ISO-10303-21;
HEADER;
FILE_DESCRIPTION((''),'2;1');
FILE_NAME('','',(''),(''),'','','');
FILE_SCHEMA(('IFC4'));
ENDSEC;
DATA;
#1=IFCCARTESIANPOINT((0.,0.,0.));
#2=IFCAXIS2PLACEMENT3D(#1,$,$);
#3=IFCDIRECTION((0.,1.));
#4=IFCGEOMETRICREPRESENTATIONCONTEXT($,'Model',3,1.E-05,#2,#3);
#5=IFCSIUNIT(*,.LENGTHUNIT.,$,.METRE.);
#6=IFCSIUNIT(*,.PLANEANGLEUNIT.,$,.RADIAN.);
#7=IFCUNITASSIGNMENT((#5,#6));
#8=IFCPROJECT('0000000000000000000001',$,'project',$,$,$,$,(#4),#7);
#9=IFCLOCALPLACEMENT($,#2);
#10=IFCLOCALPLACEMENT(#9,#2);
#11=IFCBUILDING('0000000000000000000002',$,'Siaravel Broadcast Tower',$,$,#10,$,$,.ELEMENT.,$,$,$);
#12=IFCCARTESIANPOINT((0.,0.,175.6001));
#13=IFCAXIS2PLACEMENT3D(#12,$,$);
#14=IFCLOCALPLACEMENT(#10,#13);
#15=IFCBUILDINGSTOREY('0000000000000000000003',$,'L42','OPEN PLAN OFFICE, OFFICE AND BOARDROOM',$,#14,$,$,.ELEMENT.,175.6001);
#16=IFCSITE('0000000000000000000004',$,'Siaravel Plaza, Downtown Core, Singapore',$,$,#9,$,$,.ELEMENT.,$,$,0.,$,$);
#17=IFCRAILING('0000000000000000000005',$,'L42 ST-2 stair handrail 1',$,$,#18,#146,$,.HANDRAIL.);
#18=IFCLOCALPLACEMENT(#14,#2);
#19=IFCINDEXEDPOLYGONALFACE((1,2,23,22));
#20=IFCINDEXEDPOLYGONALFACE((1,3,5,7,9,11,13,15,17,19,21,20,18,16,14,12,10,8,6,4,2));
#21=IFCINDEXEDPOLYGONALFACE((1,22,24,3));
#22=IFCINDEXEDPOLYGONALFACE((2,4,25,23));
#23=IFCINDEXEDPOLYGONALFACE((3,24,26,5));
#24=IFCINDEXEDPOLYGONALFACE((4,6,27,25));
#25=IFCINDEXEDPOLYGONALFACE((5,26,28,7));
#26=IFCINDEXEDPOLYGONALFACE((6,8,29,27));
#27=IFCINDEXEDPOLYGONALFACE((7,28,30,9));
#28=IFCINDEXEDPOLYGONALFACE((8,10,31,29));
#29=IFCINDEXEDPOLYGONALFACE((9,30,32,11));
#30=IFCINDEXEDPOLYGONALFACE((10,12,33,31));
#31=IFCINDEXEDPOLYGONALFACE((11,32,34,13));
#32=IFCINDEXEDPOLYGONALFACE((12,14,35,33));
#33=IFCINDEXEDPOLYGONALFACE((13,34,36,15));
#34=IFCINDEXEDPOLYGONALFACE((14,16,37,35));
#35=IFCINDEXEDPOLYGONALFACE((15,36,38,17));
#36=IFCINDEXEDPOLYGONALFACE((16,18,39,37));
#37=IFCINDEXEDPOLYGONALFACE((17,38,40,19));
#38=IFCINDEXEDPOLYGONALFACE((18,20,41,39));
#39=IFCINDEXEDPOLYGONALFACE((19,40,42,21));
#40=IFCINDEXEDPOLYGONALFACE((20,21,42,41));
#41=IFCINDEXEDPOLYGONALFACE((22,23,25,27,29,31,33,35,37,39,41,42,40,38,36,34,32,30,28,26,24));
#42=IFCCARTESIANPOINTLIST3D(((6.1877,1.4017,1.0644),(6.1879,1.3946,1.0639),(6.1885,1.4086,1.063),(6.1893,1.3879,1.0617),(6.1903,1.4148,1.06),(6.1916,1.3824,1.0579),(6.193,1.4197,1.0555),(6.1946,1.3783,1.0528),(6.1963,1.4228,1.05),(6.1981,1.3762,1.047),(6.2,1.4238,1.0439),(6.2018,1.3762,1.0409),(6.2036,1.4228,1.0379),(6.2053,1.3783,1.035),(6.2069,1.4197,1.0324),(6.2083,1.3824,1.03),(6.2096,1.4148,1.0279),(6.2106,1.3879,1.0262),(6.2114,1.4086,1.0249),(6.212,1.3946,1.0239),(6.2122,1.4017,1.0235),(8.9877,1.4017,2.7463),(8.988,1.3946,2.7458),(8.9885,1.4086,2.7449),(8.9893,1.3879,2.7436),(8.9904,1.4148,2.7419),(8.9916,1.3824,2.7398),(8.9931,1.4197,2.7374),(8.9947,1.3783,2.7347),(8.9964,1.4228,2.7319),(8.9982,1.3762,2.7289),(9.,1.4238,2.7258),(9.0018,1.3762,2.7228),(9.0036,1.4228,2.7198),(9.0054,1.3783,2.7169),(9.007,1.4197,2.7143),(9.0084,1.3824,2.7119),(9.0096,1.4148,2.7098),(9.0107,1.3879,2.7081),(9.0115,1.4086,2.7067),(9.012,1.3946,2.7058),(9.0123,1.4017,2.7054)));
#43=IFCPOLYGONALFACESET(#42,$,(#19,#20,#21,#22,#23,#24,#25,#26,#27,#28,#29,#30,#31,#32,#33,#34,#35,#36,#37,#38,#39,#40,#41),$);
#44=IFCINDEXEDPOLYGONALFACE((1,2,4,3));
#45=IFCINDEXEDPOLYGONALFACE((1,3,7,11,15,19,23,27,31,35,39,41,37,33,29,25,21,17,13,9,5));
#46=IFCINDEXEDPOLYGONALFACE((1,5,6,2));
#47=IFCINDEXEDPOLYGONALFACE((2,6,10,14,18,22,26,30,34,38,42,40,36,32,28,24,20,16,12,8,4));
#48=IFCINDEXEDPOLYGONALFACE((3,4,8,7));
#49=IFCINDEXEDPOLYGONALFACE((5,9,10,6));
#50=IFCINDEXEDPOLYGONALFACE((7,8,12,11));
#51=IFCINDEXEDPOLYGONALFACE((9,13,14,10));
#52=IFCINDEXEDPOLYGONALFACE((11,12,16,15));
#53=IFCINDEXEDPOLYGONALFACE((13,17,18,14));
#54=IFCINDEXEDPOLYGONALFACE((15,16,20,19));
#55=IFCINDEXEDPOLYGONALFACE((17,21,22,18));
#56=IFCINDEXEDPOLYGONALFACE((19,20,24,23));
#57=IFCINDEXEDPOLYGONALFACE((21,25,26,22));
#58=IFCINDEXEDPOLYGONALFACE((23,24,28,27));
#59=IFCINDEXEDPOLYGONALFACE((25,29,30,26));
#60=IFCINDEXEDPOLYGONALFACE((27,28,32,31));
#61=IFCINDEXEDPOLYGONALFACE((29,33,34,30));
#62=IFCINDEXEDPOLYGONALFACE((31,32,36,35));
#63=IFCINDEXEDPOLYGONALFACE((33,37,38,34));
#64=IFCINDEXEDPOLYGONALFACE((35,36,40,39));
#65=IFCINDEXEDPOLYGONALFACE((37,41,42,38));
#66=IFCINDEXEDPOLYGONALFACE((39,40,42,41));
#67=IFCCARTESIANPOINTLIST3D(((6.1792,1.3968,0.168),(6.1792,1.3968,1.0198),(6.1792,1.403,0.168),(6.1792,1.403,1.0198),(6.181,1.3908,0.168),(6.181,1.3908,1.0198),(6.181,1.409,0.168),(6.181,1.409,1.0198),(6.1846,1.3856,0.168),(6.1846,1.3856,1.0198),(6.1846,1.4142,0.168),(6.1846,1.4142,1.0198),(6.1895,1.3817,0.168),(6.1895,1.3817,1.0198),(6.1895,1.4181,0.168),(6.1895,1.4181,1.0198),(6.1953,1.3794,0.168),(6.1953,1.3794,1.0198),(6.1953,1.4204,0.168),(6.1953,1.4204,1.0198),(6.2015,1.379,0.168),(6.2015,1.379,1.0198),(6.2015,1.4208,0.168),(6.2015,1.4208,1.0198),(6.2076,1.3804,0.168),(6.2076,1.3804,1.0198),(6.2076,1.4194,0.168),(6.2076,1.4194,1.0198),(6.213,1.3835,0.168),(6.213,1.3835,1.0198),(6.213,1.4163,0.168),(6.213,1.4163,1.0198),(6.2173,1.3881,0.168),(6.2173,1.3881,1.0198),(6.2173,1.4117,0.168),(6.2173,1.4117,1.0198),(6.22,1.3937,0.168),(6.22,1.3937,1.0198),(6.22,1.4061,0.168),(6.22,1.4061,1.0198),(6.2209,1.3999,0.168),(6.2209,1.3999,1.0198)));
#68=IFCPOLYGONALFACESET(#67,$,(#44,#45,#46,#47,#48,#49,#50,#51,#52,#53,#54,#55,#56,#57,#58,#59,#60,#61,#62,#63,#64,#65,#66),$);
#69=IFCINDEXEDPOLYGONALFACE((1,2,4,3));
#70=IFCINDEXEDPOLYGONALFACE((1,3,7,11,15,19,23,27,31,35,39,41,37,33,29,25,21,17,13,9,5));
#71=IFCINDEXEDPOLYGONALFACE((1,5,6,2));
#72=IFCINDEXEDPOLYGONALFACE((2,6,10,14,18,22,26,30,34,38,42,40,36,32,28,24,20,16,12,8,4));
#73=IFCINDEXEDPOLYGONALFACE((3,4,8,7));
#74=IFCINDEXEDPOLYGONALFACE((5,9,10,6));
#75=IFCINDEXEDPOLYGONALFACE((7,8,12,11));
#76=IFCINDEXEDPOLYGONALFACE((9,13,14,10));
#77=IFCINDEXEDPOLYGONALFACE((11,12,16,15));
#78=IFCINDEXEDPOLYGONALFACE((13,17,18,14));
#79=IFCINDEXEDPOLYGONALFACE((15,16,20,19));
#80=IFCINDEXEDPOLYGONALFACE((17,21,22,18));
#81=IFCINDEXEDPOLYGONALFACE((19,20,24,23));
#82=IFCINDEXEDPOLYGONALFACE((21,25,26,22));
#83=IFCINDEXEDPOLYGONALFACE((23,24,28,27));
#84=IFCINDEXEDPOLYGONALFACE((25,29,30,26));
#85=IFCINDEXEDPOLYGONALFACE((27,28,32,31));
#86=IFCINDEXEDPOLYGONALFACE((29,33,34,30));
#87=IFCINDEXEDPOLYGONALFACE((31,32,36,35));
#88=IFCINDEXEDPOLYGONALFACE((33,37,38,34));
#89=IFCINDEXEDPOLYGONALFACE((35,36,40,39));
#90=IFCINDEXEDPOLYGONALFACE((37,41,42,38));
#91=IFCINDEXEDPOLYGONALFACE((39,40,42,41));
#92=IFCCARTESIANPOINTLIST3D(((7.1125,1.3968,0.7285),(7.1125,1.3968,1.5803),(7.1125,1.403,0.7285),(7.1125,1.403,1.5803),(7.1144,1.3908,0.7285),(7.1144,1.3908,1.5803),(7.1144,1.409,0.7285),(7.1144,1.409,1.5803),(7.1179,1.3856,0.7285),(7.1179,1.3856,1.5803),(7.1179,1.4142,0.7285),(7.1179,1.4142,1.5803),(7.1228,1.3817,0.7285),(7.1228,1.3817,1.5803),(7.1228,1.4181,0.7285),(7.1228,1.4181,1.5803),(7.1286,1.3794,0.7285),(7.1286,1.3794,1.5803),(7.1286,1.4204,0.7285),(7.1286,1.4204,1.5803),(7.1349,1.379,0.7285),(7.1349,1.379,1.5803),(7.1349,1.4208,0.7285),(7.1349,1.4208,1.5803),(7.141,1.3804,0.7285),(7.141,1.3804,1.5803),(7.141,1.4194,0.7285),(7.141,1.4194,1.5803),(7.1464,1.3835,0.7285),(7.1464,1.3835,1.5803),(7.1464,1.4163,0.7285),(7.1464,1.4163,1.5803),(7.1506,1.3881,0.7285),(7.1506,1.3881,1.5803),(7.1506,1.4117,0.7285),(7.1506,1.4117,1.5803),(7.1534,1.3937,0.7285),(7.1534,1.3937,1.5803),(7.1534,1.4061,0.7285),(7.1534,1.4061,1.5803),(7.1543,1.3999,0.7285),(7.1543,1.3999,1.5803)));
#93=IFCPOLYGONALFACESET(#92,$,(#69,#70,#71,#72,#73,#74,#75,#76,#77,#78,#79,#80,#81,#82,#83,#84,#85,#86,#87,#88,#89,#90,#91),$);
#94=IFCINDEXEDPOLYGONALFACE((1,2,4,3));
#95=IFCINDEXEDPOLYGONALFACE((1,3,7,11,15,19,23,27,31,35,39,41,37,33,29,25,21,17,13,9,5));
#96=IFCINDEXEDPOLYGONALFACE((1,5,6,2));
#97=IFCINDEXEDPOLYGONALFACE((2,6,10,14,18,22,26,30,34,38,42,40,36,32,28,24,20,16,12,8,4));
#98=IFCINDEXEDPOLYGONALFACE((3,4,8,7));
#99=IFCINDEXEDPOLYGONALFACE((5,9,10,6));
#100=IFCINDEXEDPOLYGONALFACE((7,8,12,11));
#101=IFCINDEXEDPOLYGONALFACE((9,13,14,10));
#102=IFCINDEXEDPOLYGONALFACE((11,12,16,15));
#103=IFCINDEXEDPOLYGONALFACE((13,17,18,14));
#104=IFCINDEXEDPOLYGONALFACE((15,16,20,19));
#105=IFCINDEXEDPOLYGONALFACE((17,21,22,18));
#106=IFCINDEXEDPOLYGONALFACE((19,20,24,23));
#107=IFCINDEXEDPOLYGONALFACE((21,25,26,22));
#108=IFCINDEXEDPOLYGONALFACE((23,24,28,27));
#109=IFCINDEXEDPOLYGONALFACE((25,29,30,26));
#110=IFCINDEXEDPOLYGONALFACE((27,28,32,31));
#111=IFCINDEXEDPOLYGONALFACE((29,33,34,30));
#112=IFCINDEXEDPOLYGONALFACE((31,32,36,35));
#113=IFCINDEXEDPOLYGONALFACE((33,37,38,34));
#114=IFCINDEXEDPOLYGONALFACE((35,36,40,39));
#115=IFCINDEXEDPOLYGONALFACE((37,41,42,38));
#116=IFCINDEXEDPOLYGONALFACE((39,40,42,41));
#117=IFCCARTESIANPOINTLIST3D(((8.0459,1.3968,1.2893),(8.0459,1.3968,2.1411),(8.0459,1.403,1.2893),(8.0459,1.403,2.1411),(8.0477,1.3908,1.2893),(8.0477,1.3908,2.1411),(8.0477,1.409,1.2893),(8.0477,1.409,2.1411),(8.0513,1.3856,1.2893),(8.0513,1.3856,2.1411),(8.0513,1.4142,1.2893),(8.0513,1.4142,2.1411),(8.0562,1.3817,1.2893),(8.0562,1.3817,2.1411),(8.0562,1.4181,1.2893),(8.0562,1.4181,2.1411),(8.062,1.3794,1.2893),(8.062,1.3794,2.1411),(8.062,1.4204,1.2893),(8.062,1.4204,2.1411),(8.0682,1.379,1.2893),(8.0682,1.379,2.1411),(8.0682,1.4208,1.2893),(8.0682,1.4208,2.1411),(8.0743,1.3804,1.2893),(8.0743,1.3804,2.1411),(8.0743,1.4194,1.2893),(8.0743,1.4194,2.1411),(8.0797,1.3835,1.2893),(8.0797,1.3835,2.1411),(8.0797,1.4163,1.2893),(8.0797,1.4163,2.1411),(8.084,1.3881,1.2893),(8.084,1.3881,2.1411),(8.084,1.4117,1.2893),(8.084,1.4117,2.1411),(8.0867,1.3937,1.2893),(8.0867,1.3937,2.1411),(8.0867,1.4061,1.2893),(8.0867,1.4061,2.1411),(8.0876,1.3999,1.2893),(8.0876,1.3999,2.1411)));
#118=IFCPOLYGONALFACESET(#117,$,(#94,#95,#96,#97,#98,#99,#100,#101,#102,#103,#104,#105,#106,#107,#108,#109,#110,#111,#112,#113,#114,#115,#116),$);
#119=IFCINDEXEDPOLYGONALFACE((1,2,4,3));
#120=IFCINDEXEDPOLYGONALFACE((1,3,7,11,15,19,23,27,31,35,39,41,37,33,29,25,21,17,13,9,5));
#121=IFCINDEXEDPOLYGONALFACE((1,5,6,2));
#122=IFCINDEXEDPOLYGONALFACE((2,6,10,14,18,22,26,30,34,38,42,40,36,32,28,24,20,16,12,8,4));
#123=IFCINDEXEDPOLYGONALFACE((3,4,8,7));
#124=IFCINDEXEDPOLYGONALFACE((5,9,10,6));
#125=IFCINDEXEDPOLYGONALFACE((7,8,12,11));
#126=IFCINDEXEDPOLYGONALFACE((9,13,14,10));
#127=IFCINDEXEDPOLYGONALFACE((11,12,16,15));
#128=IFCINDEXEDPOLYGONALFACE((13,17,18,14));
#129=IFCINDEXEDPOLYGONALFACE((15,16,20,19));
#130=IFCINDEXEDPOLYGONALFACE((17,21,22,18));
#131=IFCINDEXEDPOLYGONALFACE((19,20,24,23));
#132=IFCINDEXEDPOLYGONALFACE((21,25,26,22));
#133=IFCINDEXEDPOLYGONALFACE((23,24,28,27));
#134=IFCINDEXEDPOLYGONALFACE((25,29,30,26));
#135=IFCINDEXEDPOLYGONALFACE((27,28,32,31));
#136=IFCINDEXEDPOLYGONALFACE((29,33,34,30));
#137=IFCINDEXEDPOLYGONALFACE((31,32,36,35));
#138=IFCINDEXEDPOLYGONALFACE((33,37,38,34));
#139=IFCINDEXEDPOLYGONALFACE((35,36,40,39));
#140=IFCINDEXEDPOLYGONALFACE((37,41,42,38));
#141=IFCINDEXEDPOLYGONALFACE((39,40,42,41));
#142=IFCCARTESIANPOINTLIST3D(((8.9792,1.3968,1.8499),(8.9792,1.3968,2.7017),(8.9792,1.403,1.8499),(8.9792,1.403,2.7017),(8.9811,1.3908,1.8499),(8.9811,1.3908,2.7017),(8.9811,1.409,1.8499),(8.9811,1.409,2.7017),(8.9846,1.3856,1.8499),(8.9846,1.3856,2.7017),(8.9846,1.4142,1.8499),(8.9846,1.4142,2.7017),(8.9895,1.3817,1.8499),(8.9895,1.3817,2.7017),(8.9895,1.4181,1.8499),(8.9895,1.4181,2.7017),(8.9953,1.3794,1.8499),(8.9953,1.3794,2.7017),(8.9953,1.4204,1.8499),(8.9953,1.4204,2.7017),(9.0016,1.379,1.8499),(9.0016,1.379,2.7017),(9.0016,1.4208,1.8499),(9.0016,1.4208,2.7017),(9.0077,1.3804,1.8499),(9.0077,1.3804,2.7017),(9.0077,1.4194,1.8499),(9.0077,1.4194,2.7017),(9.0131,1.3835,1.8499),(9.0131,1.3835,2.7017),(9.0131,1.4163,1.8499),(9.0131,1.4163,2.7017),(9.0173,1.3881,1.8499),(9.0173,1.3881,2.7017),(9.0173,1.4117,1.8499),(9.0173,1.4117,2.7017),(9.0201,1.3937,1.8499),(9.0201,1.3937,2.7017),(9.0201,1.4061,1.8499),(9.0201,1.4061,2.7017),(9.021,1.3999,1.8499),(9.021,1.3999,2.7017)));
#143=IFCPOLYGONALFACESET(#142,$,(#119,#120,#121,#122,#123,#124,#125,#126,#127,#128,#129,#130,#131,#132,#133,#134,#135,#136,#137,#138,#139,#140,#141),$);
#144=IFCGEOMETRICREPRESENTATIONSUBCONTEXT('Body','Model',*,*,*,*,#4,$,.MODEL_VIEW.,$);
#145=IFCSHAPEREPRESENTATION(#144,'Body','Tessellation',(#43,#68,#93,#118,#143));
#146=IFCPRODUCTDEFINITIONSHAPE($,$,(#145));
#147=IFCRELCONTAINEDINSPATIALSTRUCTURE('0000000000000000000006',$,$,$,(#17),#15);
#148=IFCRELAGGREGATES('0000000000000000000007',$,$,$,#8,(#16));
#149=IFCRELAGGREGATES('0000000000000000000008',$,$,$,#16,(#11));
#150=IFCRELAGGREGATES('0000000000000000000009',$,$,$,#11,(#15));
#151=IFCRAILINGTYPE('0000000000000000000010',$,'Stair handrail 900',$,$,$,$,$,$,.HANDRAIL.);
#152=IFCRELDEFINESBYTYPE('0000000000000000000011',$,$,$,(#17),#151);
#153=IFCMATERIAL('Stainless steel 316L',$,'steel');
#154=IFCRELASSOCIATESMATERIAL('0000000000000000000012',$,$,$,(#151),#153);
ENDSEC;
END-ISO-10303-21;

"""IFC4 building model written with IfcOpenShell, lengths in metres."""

from ifc_helpers import new_model, si_unit, direction, frame, origin, origin_2d, place, context, subcontext, project, spatial, circle, extrude, material, type_object, element, save


model = new_model("IFC4")

# Units and contexts
model_context = context("Model", 3, precision=1e-05, world=origin(), true_north=direction((0.0, 1.0)))
body_context = subcontext(model_context, "Body", "Model", "MODEL_VIEW")
ifc_project = project(units=[si_unit("LENGTHUNIT", "METRE"), si_unit("PLANEANGLEUNIT", "RADIAN")], contexts=[model_context])

# Site, building, storey
site_placement = place(None, origin())
site = spatial("IfcSite", under=ifc_project, at=site_placement, Name="Siaravel Plaza, Downtown Core, Singapore", CompositionType="ELEMENT", RefElevation=0.0)
building_placement = place(site_placement, origin())
building = spatial("IfcBuilding", under=site, at=building_placement, Name="Siaravel Broadcast Tower", CompositionType="ELEMENT")
storey_placement = place(building_placement, frame((0.0, 0.0, 175.6001)))
storey = spatial("IfcBuildingStorey", under=building, at=storey_placement, Name="L42", Description="OPEN PLAN OFFICE, OFFICE AND BOARDROOM", CompositionType="ELEMENT", Elevation=175.6001)

# Railing
ifc_material_1 = material(Name="Stainless steel 316L", Category="steel")
railing_type_1 = type_object("IfcRailingType", Name="Stair handrail 900", PredefinedType="HANDRAIL", material=ifc_material_1)
railing_1_placement = place(storey_placement, frame((6.2, 1.3999, 0.168)))
element("IfcRailing", 1, at=railing_1_placement, inside=storey, type_object=railing_type_1, Name="L42 ST-2 stair handrail 1", PredefinedType="HANDRAIL", context=body_context, shape_type="SweptSolid", body=[
    extrude(circle(Radius=0.0239, at=origin_2d()), frame((0.0, 0.0, 0.876), z_axis=(0.857242, 0.0, 0.514913), x_axis=(0.0, 1.0, 0.0)), (0.0, 0.0, 1.0), 3.2664),
    extrude(circle(Radius=0.021, at=origin_2d()), origin(), (0.0, 0.0, 1.0), 0.8518),
    extrude(circle(Radius=0.021, at=origin_2d()), frame((0.9333, 0.0, 0.5605)), (0.0, 0.0, 1.0), 0.8518),
    extrude(circle(Radius=0.021, at=origin_2d()), frame((1.8667, 0.0, 1.1213)), (0.0, 0.0, 1.0), 0.8518),
    extrude(circle(Radius=0.021, at=origin_2d()), frame((2.8, 0.0, 1.6819)), (0.0, 0.0, 1.0), 0.8518),
])

save(model, "model.ifc")
